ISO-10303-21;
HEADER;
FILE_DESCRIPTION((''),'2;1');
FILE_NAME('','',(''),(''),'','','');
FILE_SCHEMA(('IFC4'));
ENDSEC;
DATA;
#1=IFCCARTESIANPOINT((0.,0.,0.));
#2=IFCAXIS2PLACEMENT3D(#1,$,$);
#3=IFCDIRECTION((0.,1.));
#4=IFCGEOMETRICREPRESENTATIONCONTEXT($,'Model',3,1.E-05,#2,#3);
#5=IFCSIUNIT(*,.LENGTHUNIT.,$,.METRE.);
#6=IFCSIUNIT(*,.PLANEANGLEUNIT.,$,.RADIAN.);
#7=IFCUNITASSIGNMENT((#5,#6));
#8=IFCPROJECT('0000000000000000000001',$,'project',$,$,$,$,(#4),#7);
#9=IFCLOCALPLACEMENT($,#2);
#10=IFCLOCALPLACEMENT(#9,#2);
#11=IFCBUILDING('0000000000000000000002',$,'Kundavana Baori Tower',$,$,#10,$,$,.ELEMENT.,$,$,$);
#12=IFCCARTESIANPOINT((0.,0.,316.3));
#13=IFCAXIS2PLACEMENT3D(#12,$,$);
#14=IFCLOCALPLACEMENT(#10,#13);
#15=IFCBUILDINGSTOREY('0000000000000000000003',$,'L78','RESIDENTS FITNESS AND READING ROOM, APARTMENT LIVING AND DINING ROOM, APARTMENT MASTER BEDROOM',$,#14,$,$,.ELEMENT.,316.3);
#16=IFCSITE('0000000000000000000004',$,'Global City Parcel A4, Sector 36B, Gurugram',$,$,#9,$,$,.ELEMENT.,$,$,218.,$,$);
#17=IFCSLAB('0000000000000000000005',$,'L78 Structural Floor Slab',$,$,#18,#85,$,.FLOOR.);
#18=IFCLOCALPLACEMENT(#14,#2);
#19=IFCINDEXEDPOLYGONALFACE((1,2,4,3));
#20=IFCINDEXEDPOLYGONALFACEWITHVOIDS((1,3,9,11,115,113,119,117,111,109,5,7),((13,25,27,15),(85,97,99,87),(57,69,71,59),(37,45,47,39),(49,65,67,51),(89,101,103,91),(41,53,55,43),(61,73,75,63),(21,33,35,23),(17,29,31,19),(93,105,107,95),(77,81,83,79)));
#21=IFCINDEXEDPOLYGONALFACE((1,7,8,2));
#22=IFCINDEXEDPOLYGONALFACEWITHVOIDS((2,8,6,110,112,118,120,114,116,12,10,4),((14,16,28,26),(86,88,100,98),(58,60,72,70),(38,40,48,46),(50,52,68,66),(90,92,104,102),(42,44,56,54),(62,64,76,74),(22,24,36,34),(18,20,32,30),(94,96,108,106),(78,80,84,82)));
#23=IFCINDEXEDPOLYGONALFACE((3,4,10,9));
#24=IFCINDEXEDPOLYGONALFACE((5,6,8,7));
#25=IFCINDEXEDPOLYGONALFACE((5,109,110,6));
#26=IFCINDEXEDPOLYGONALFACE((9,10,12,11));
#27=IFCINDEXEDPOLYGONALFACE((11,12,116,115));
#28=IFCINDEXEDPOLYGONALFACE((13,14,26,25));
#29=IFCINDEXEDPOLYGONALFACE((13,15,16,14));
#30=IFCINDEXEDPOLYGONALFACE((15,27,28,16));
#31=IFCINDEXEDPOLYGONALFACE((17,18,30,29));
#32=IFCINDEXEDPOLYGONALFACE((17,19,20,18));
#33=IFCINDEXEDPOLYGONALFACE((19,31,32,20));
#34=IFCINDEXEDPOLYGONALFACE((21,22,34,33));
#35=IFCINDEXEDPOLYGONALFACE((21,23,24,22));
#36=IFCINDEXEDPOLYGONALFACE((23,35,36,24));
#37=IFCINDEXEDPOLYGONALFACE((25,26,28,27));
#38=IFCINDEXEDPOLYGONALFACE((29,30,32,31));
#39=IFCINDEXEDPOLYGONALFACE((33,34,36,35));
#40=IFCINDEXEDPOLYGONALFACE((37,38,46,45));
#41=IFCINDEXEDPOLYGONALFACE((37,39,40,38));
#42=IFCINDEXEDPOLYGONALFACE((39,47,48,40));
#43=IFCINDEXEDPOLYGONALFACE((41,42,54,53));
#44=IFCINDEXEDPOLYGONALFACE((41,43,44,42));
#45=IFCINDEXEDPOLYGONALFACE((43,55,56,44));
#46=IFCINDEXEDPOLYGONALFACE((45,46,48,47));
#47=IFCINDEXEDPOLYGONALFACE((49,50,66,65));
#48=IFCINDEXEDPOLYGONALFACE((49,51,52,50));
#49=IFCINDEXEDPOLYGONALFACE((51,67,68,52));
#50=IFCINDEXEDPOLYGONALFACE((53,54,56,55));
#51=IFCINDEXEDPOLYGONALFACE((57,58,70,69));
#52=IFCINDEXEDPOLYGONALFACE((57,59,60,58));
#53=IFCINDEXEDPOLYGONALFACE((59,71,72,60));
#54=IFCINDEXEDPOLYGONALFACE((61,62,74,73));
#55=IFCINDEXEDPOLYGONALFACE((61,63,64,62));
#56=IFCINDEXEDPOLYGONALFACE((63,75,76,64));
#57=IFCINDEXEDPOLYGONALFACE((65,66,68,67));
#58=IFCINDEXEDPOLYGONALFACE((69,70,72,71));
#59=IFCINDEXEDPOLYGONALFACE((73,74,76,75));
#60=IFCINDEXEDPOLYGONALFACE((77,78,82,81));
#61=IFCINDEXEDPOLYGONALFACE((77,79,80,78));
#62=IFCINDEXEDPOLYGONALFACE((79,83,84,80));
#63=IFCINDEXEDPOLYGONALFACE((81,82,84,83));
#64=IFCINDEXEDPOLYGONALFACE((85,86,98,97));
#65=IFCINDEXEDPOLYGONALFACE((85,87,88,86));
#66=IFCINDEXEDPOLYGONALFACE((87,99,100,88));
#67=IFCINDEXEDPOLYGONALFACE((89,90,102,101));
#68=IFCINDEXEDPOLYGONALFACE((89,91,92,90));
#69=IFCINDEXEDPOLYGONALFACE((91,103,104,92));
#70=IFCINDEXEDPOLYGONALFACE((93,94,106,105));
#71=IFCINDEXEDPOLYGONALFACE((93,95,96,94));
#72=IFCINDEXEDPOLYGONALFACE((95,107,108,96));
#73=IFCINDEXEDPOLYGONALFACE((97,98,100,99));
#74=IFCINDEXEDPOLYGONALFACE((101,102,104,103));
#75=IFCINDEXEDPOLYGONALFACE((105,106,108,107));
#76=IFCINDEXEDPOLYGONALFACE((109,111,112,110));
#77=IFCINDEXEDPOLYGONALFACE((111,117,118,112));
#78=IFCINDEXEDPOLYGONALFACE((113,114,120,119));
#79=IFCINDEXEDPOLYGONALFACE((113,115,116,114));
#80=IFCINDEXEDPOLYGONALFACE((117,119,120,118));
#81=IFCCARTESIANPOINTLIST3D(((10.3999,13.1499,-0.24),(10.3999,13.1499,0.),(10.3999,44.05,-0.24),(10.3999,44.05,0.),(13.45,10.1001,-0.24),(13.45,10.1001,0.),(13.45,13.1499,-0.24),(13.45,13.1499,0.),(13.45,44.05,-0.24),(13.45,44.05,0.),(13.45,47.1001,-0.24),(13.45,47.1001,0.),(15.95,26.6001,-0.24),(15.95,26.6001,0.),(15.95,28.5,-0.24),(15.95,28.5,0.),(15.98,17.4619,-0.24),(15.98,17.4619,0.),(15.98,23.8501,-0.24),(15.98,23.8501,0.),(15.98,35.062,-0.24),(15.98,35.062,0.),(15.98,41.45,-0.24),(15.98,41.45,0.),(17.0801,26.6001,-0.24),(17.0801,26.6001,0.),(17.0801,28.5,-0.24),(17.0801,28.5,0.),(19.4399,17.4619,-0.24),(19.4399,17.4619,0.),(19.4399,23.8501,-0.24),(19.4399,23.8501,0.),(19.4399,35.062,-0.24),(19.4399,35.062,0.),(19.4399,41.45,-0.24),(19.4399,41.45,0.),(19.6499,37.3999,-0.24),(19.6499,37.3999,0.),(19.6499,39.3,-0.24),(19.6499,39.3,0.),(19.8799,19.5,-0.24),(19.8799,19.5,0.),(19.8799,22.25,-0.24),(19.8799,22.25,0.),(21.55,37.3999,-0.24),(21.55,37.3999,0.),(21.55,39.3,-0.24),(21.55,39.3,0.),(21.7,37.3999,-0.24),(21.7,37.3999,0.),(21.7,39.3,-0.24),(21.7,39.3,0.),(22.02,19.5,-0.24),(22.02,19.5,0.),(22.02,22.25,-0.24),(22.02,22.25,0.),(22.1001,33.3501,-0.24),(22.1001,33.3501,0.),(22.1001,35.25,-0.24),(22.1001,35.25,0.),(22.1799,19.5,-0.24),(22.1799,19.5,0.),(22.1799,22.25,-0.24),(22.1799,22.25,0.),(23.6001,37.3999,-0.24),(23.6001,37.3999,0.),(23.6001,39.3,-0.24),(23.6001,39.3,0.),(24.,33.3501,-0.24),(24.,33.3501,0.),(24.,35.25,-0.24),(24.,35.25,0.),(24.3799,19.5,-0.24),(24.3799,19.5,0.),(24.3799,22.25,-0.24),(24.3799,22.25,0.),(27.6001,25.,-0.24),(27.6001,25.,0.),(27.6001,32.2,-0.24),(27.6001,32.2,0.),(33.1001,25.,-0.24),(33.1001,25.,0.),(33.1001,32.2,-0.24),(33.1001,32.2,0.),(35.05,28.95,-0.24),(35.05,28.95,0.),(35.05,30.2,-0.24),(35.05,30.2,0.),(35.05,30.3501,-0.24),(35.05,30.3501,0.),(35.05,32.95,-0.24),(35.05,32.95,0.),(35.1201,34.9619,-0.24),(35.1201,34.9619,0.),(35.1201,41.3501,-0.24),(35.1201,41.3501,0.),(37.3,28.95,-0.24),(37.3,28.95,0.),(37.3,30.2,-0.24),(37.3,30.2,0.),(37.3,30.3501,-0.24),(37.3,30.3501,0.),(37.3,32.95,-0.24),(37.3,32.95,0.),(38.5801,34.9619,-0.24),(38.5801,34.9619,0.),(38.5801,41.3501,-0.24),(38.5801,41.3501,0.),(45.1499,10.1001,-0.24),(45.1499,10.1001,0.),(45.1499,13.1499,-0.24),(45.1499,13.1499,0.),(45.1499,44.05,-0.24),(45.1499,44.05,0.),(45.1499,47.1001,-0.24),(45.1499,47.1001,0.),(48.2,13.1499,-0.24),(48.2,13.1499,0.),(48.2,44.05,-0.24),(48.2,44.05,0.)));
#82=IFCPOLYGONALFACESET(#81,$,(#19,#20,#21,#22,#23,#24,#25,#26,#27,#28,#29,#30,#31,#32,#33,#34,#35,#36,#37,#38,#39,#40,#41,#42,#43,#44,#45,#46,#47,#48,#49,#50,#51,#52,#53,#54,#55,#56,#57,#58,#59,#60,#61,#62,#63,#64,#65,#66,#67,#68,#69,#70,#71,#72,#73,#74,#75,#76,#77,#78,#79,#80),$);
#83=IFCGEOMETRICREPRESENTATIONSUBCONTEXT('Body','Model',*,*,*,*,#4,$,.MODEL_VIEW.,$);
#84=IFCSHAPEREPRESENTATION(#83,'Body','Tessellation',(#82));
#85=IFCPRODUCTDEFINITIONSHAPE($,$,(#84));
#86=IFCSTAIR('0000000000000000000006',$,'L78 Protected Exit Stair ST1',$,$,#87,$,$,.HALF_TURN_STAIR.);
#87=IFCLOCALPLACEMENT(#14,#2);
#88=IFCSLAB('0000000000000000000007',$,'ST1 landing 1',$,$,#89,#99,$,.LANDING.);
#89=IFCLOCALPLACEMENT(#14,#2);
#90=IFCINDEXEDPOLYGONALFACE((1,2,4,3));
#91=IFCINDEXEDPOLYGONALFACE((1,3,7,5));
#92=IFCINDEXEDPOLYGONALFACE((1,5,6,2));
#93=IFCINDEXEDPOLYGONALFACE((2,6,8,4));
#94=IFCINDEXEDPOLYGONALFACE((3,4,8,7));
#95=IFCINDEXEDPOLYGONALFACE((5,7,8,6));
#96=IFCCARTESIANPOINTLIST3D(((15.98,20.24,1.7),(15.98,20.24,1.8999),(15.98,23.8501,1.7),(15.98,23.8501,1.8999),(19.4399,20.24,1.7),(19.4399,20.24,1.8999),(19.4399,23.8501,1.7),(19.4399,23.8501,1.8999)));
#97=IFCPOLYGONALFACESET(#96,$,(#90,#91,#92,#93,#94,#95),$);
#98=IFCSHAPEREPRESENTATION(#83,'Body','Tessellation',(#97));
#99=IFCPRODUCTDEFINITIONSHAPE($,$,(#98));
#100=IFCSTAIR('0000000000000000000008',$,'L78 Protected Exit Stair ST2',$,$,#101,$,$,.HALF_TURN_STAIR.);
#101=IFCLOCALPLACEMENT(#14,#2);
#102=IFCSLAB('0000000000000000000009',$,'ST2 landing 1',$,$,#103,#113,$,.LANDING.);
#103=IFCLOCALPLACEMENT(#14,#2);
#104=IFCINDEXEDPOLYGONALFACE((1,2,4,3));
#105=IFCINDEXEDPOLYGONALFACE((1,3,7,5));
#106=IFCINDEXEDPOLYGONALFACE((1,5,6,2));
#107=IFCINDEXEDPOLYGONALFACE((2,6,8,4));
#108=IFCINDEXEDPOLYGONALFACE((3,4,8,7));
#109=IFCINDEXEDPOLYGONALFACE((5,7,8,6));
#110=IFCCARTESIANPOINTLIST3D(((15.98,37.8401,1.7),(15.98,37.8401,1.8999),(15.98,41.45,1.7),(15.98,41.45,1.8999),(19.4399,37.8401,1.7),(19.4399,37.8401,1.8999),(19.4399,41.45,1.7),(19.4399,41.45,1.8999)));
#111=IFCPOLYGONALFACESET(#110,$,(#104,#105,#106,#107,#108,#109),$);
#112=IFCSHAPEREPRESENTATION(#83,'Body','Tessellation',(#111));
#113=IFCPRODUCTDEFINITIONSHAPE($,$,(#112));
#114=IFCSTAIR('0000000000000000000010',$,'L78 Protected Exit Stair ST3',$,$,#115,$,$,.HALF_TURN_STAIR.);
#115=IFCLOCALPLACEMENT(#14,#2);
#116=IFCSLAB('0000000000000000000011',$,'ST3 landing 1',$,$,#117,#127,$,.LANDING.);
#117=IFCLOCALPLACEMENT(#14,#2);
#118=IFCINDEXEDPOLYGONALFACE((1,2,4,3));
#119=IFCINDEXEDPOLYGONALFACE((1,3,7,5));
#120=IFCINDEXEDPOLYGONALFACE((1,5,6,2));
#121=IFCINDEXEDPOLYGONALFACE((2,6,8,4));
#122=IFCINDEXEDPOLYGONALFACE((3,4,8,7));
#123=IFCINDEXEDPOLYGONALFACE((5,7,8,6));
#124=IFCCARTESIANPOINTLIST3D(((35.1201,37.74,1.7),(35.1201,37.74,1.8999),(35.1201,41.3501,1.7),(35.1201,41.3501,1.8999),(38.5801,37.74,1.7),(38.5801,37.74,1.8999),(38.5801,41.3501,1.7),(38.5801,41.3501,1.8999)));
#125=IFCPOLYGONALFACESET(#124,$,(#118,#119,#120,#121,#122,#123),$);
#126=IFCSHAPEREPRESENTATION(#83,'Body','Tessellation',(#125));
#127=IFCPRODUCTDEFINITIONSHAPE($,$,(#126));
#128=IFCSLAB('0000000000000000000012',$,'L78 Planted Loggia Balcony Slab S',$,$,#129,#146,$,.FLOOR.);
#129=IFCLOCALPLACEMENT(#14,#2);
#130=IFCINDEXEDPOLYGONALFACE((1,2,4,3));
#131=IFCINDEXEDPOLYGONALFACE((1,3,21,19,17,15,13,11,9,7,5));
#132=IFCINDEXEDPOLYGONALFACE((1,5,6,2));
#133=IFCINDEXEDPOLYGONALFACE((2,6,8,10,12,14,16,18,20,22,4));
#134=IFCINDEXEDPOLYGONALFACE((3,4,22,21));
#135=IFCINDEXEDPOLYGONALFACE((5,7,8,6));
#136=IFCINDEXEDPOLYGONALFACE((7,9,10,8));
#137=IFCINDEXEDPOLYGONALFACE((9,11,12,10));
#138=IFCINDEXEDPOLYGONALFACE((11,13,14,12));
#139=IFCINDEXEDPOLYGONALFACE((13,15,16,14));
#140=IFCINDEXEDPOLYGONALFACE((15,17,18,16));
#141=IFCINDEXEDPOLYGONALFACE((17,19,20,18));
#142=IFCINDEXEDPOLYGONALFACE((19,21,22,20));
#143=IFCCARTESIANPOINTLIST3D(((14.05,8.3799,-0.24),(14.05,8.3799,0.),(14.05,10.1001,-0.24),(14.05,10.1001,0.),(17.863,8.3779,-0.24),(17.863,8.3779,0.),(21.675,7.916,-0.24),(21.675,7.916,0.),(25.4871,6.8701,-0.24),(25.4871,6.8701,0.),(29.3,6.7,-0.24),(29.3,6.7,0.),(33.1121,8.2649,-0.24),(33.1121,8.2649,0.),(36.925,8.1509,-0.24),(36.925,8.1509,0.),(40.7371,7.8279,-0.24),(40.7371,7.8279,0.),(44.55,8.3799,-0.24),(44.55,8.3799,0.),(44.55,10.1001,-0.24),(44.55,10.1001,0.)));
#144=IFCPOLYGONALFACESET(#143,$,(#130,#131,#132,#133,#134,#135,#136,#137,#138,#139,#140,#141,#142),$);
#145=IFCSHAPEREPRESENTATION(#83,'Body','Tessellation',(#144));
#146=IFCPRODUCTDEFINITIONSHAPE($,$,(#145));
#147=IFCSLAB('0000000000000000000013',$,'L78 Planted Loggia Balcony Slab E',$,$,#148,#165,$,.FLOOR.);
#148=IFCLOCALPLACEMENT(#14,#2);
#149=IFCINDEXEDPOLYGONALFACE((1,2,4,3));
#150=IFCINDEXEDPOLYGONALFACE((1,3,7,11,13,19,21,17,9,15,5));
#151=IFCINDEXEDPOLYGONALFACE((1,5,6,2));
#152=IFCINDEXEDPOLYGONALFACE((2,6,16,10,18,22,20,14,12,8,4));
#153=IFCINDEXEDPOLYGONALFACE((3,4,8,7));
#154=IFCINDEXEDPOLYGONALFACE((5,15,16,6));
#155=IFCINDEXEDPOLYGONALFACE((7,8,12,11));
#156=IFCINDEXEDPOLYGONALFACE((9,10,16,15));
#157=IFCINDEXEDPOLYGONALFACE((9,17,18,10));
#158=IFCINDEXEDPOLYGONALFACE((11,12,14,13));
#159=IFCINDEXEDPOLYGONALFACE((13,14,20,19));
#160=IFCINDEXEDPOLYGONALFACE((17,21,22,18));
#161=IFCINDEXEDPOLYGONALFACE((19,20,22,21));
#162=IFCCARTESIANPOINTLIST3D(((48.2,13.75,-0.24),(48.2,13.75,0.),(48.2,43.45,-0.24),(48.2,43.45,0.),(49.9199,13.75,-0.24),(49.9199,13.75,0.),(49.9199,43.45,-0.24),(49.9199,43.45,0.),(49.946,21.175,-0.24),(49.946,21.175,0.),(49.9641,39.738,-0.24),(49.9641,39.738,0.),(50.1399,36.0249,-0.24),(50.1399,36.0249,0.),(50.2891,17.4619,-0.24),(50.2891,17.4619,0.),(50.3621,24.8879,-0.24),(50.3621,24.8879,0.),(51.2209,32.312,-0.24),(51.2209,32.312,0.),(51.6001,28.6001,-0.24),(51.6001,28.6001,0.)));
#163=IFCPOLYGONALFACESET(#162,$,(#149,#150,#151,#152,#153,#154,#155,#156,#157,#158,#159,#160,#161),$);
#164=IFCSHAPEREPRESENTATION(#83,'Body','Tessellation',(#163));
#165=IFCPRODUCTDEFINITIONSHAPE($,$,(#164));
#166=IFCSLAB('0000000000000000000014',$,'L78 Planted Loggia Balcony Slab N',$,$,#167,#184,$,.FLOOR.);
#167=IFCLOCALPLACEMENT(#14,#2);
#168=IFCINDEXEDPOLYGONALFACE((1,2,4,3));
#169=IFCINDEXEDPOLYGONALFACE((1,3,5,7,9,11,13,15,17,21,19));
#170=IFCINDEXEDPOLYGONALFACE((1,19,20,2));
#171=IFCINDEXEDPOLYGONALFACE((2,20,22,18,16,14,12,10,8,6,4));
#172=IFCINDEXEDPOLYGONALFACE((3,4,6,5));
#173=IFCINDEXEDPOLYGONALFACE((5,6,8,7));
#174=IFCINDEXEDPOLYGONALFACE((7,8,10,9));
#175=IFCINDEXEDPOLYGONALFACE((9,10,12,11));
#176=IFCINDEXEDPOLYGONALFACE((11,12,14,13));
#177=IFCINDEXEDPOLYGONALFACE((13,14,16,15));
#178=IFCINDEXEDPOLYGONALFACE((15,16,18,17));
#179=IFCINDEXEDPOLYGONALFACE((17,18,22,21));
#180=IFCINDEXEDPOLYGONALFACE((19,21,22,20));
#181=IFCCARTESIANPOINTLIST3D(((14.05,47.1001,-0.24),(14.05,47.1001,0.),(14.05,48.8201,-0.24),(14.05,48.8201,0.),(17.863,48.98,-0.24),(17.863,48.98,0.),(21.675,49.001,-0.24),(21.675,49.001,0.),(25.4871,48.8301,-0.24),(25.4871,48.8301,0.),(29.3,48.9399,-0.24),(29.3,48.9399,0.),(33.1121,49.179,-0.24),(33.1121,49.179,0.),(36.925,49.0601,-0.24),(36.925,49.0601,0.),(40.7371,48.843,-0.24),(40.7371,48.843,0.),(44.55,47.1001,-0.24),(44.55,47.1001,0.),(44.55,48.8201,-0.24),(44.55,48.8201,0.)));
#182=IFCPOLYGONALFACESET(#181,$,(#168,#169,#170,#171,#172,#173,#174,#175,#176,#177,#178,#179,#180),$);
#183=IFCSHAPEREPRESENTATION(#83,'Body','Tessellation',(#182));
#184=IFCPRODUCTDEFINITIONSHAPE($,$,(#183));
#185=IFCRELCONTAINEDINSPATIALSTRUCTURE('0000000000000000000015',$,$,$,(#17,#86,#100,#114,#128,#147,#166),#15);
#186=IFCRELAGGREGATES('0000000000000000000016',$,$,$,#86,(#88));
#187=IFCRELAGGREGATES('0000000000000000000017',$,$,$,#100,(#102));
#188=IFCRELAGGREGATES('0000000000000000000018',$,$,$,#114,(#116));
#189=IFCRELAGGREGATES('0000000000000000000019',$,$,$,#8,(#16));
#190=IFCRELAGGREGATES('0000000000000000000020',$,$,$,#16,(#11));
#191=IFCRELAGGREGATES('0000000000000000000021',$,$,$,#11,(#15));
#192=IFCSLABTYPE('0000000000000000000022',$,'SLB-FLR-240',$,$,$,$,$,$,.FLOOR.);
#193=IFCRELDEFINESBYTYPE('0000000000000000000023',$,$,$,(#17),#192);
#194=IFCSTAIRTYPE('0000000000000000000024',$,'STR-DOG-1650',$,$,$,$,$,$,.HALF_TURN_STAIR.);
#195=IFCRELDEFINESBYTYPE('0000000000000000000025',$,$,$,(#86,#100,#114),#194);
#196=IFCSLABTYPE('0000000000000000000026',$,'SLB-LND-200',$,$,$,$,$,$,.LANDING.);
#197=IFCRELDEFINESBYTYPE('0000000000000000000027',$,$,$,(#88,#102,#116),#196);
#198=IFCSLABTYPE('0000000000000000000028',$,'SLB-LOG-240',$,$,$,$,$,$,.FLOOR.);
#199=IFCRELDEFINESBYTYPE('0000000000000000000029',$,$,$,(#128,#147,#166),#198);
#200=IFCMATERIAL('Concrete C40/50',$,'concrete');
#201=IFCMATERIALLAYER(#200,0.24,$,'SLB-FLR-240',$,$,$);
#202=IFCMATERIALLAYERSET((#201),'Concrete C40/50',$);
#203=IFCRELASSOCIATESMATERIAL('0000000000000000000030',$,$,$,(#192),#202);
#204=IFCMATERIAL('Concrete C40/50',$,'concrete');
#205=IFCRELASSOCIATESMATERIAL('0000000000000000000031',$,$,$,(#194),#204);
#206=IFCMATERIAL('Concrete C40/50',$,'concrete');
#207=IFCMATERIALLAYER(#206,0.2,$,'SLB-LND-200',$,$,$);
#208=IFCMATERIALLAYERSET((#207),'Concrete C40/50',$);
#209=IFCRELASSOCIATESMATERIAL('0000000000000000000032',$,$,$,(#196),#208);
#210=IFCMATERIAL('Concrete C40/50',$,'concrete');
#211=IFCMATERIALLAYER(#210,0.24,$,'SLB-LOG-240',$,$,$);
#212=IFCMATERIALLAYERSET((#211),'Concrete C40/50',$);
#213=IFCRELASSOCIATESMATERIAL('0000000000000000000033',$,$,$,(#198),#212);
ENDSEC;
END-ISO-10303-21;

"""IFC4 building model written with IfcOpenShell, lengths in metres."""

from ifc_helpers import new_model, si_unit, direction, frame, origin, place, context, subcontext, project, spatial, polyline, outline, extrude, material, layer, layer_set, type_object, element, aggregate, save


model = new_model("IFC4")

# Units and contexts
model_context = context("Model", 3, precision=1e-05, world=origin(), true_north=direction((0.0, 1.0)))
body_context = subcontext(model_context, "Body", "Model", "MODEL_VIEW")
ifc_project = project(units=[si_unit("LENGTHUNIT", "METRE"), si_unit("PLANEANGLEUNIT", "RADIAN")], contexts=[model_context])

# Site, building, storey
site_placement = place(None, origin())
site = spatial("IfcSite", under=ifc_project, at=site_placement, Name="Global City Parcel A4, Sector 36B, Gurugram", CompositionType="ELEMENT", RefElevation=218.0)
building_placement = place(site_placement, origin())
building = spatial("IfcBuilding", under=site, at=building_placement, Name="Kundavana Baori Tower", CompositionType="ELEMENT")
storey_placement = place(building_placement, frame((0.0, 0.0, 316.3)))
storey = spatial("IfcBuildingStorey", under=building, at=storey_placement, Name="L78", Description="RESIDENTS FITNESS AND READING ROOM, APARTMENT LIVING AND DINING ROOM, APARTMENT MASTER BEDROOM", CompositionType="ELEMENT", Elevation=316.3)

# Slab
ifc_material_1 = material(Name="Concrete C40/50", Category="concrete")
ifc_layer_1 = layer(ifc_material_1, 0.24, Name="SLB-FLR-240")
ifc_layer_set_1 = layer_set([ifc_layer_1], Name="Concrete C40/50")
slab_type_1 = type_object("IfcSlabType", Name="SLB-FLR-240", PredefinedType="FLOOR", material=ifc_layer_set_1)
slab_1_placement = place(storey_placement, frame((0.0, 0.0, -0.24)))
element("IfcSlab", 1, at=slab_1_placement, inside=storey, type_object=slab_type_1, Name="L78 Structural Floor Slab", PredefinedType="FLOOR", context=body_context, shape_type="SweptSolid", body=[
    extrude(outline(polyline([(13.45, 10.1001), (45.1499, 10.1001), (45.1499, 13.1499), (48.2, 13.1499), (48.2, 44.05), (45.1499, 44.05), (45.1499, 47.1001), (13.45, 47.1001), (13.45, 44.05), (10.3999, 44.05), (10.3999, 13.1499), (13.45, 13.1499), (13.45, 10.1001)]), holes=[polyline([(19.4399, 17.4619), (19.4399, 23.8501), (15.98, 23.8501), (15.98, 17.4619), (19.4399, 17.4619)]), polyline([(19.4399, 35.062), (19.4399, 41.45), (15.98, 41.45), (15.98, 35.062), (19.4399, 35.062)]), polyline([(38.5801, 34.9619), (38.5801, 41.3501), (35.1201, 41.3501), (35.1201, 34.9619), (38.5801, 34.9619)]), polyline([(19.6499, 37.3999), (21.55, 37.3999), (21.55, 39.3), (19.6499, 39.3), (19.6499, 37.3999)]), polyline([(21.7, 37.3999), (23.6001, 37.3999), (23.6001, 39.3), (21.7, 39.3), (21.7, 37.3999)]), polyline([(22.1001, 33.3501), (24.0, 33.3501), (24.0, 35.25), (22.1001, 35.25), (22.1001, 33.3501)]), polyline([(19.8799, 19.5), (22.02, 19.5), (22.02, 22.25), (19.8799, 22.25), (19.8799, 19.5)]), polyline([(22.1799, 19.5), (24.3799, 19.5), (24.3799, 22.25), (22.1799, 22.25), (22.1799, 19.5)]), polyline([(35.05, 30.3501), (37.3, 30.3501), (37.3, 32.95), (35.05, 32.95), (35.05, 30.3501)]), polyline([(15.95, 26.6001), (17.0801, 26.6001), (17.0801, 28.5), (15.95, 28.5), (15.95, 26.6001)]), polyline([(35.05, 28.95), (37.3, 28.95), (37.3, 30.2), (35.05, 30.2), (35.05, 28.95)]), polyline([(27.6001, 25.0), (33.1001, 25.0), (33.1001, 32.2), (27.6001, 32.2), (27.6001, 25.0)])]), origin(), (0.0, 0.0, 1.0), 0.24),
])

# Stairs, slabs
ifc_material_2 = material(Name="Concrete C40/50", Category="concrete")
stair_type = type_object("IfcStairType", Name="STR-DOG-1650", PredefinedType="HALF_TURN_STAIR", material=ifc_material_2)
stair_1_placement = place(storey_placement, origin())
stair_1 = element("IfcStair", 2, at=stair_1_placement, inside=storey, type_object=stair_type, Name="L78 Protected Exit Stair ST1", PredefinedType="HALF_TURN_STAIR")
ifc_material_3 = material(Name="Concrete C40/50", Category="concrete")
ifc_layer_2 = layer(ifc_material_3, 0.2, Name="SLB-LND-200")
ifc_layer_set_2 = layer_set([ifc_layer_2], Name="Concrete C40/50")
slab_type_2 = type_object("IfcSlabType", Name="SLB-LND-200", PredefinedType="LANDING", material=ifc_layer_set_2)
slab_2_placement = place(storey_placement, frame((0.0, 0.0, 1.7)))
slab_2 = element("IfcSlab", 3, at=slab_2_placement, type_object=slab_type_2, Name="ST1 landing 1", PredefinedType="LANDING", context=body_context, shape_type="SweptSolid", body=[
    extrude(outline(polyline([(19.4399, 20.24), (19.4399, 23.8501), (15.98, 23.8501), (15.98, 20.24), (19.4399, 20.24)])), origin(), (0.0, 0.0, 1.0), 0.2),
])
aggregate(stair_1, [slab_2])
stair_2_placement = place(storey_placement, origin())
stair_2 = element("IfcStair", 4, at=stair_2_placement, inside=storey, type_object=stair_type, Name="L78 Protected Exit Stair ST2", PredefinedType="HALF_TURN_STAIR")
slab_3_placement = place(storey_placement, frame((0.0, 0.0, 1.7)))
slab_3 = element("IfcSlab", 5, at=slab_3_placement, type_object=slab_type_2, Name="ST2 landing 1", PredefinedType="LANDING", context=body_context, shape_type="SweptSolid", body=[
    extrude(outline(polyline([(19.4399, 37.8401), (19.4399, 41.45), (15.98, 41.45), (15.98, 37.8401), (19.4399, 37.8401)])), origin(), (0.0, 0.0, 1.0), 0.2),
])
aggregate(stair_2, [slab_3])
stair_3_placement = place(storey_placement, origin())
stair_3 = element("IfcStair", 6, at=stair_3_placement, inside=storey, type_object=stair_type, Name="L78 Protected Exit Stair ST3", PredefinedType="HALF_TURN_STAIR")
slab_4_placement = place(storey_placement, frame((0.0, 0.0, 1.7)))
slab_4 = element("IfcSlab", 7, at=slab_4_placement, type_object=slab_type_2, Name="ST3 landing 1", PredefinedType="LANDING", context=body_context, shape_type="SweptSolid", body=[
    extrude(outline(polyline([(38.5801, 37.74), (38.5801, 41.3501), (35.1201, 41.3501), (35.1201, 37.74), (38.5801, 37.74)])), origin(), (0.0, 0.0, 1.0), 0.2),
])
aggregate(stair_3, [slab_4])

# Slabs
ifc_material_4 = material(Name="Concrete C40/50", Category="concrete")
ifc_layer_3 = layer(ifc_material_4, 0.24, Name="SLB-LOG-240")
ifc_layer_set_3 = layer_set([ifc_layer_3], Name="Concrete C40/50")
slab_type_3 = type_object("IfcSlabType", Name="SLB-LOG-240", PredefinedType="FLOOR", material=ifc_layer_set_3)
slab_5_placement = place(storey_placement, frame((0.0, 0.0, -0.24)))
element("IfcSlab", 8, at=slab_5_placement, inside=storey, type_object=slab_type_3, Name="L78 Planted Loggia Balcony Slab S", PredefinedType="FLOOR", context=body_context, shape_type="SweptSolid", body=[
    extrude(outline(polyline([(14.05, 10.1001), (44.55, 10.1001), (44.55, 8.3799), (40.7371, 7.8279), (36.925, 8.1509), (33.1121, 8.2649), (29.3, 6.7), (25.4871, 6.8701), (21.675, 7.916), (17.863, 8.3779), (14.05, 8.3799), (14.05, 10.1001)])), origin(), (0.0, 0.0, 1.0), 0.24),
])
slab_6_placement = place(storey_placement, frame((0.0, 0.0, -0.24)))
element("IfcSlab", 9, at=slab_6_placement, inside=storey, type_object=slab_type_3, Name="L78 Planted Loggia Balcony Slab E", PredefinedType="FLOOR", context=body_context, shape_type="SweptSolid", body=[
    extrude(outline(polyline([(48.2, 13.75), (48.2, 43.45), (49.9199, 43.45), (49.9641, 39.738), (50.1399, 36.0249), (51.2209, 32.312), (51.6001, 28.6001), (50.3621, 24.8879), (49.946, 21.175), (50.2891, 17.4619), (49.9199, 13.75), (48.2, 13.75)])), origin(), (0.0, 0.0, 1.0), 0.24),
])
slab_7_placement = place(storey_placement, frame((0.0, 0.0, -0.24)))
element("IfcSlab", 10, at=slab_7_placement, inside=storey, type_object=slab_type_3, Name="L78 Planted Loggia Balcony Slab N", PredefinedType="FLOOR", context=body_context, shape_type="SweptSolid", body=[
    extrude(outline(polyline([(44.55, 47.1001), (14.05, 47.1001), (14.05, 48.8201), (17.863, 48.98), (21.675, 49.001), (25.4871, 48.8301), (29.3, 48.9399), (33.1121, 49.179), (36.925, 49.0601), (40.7371, 48.843), (44.55, 48.8201), (44.55, 47.1001)])), origin(), (0.0, 0.0, 1.0), 0.24),
])

save(model, "model.ifc")
